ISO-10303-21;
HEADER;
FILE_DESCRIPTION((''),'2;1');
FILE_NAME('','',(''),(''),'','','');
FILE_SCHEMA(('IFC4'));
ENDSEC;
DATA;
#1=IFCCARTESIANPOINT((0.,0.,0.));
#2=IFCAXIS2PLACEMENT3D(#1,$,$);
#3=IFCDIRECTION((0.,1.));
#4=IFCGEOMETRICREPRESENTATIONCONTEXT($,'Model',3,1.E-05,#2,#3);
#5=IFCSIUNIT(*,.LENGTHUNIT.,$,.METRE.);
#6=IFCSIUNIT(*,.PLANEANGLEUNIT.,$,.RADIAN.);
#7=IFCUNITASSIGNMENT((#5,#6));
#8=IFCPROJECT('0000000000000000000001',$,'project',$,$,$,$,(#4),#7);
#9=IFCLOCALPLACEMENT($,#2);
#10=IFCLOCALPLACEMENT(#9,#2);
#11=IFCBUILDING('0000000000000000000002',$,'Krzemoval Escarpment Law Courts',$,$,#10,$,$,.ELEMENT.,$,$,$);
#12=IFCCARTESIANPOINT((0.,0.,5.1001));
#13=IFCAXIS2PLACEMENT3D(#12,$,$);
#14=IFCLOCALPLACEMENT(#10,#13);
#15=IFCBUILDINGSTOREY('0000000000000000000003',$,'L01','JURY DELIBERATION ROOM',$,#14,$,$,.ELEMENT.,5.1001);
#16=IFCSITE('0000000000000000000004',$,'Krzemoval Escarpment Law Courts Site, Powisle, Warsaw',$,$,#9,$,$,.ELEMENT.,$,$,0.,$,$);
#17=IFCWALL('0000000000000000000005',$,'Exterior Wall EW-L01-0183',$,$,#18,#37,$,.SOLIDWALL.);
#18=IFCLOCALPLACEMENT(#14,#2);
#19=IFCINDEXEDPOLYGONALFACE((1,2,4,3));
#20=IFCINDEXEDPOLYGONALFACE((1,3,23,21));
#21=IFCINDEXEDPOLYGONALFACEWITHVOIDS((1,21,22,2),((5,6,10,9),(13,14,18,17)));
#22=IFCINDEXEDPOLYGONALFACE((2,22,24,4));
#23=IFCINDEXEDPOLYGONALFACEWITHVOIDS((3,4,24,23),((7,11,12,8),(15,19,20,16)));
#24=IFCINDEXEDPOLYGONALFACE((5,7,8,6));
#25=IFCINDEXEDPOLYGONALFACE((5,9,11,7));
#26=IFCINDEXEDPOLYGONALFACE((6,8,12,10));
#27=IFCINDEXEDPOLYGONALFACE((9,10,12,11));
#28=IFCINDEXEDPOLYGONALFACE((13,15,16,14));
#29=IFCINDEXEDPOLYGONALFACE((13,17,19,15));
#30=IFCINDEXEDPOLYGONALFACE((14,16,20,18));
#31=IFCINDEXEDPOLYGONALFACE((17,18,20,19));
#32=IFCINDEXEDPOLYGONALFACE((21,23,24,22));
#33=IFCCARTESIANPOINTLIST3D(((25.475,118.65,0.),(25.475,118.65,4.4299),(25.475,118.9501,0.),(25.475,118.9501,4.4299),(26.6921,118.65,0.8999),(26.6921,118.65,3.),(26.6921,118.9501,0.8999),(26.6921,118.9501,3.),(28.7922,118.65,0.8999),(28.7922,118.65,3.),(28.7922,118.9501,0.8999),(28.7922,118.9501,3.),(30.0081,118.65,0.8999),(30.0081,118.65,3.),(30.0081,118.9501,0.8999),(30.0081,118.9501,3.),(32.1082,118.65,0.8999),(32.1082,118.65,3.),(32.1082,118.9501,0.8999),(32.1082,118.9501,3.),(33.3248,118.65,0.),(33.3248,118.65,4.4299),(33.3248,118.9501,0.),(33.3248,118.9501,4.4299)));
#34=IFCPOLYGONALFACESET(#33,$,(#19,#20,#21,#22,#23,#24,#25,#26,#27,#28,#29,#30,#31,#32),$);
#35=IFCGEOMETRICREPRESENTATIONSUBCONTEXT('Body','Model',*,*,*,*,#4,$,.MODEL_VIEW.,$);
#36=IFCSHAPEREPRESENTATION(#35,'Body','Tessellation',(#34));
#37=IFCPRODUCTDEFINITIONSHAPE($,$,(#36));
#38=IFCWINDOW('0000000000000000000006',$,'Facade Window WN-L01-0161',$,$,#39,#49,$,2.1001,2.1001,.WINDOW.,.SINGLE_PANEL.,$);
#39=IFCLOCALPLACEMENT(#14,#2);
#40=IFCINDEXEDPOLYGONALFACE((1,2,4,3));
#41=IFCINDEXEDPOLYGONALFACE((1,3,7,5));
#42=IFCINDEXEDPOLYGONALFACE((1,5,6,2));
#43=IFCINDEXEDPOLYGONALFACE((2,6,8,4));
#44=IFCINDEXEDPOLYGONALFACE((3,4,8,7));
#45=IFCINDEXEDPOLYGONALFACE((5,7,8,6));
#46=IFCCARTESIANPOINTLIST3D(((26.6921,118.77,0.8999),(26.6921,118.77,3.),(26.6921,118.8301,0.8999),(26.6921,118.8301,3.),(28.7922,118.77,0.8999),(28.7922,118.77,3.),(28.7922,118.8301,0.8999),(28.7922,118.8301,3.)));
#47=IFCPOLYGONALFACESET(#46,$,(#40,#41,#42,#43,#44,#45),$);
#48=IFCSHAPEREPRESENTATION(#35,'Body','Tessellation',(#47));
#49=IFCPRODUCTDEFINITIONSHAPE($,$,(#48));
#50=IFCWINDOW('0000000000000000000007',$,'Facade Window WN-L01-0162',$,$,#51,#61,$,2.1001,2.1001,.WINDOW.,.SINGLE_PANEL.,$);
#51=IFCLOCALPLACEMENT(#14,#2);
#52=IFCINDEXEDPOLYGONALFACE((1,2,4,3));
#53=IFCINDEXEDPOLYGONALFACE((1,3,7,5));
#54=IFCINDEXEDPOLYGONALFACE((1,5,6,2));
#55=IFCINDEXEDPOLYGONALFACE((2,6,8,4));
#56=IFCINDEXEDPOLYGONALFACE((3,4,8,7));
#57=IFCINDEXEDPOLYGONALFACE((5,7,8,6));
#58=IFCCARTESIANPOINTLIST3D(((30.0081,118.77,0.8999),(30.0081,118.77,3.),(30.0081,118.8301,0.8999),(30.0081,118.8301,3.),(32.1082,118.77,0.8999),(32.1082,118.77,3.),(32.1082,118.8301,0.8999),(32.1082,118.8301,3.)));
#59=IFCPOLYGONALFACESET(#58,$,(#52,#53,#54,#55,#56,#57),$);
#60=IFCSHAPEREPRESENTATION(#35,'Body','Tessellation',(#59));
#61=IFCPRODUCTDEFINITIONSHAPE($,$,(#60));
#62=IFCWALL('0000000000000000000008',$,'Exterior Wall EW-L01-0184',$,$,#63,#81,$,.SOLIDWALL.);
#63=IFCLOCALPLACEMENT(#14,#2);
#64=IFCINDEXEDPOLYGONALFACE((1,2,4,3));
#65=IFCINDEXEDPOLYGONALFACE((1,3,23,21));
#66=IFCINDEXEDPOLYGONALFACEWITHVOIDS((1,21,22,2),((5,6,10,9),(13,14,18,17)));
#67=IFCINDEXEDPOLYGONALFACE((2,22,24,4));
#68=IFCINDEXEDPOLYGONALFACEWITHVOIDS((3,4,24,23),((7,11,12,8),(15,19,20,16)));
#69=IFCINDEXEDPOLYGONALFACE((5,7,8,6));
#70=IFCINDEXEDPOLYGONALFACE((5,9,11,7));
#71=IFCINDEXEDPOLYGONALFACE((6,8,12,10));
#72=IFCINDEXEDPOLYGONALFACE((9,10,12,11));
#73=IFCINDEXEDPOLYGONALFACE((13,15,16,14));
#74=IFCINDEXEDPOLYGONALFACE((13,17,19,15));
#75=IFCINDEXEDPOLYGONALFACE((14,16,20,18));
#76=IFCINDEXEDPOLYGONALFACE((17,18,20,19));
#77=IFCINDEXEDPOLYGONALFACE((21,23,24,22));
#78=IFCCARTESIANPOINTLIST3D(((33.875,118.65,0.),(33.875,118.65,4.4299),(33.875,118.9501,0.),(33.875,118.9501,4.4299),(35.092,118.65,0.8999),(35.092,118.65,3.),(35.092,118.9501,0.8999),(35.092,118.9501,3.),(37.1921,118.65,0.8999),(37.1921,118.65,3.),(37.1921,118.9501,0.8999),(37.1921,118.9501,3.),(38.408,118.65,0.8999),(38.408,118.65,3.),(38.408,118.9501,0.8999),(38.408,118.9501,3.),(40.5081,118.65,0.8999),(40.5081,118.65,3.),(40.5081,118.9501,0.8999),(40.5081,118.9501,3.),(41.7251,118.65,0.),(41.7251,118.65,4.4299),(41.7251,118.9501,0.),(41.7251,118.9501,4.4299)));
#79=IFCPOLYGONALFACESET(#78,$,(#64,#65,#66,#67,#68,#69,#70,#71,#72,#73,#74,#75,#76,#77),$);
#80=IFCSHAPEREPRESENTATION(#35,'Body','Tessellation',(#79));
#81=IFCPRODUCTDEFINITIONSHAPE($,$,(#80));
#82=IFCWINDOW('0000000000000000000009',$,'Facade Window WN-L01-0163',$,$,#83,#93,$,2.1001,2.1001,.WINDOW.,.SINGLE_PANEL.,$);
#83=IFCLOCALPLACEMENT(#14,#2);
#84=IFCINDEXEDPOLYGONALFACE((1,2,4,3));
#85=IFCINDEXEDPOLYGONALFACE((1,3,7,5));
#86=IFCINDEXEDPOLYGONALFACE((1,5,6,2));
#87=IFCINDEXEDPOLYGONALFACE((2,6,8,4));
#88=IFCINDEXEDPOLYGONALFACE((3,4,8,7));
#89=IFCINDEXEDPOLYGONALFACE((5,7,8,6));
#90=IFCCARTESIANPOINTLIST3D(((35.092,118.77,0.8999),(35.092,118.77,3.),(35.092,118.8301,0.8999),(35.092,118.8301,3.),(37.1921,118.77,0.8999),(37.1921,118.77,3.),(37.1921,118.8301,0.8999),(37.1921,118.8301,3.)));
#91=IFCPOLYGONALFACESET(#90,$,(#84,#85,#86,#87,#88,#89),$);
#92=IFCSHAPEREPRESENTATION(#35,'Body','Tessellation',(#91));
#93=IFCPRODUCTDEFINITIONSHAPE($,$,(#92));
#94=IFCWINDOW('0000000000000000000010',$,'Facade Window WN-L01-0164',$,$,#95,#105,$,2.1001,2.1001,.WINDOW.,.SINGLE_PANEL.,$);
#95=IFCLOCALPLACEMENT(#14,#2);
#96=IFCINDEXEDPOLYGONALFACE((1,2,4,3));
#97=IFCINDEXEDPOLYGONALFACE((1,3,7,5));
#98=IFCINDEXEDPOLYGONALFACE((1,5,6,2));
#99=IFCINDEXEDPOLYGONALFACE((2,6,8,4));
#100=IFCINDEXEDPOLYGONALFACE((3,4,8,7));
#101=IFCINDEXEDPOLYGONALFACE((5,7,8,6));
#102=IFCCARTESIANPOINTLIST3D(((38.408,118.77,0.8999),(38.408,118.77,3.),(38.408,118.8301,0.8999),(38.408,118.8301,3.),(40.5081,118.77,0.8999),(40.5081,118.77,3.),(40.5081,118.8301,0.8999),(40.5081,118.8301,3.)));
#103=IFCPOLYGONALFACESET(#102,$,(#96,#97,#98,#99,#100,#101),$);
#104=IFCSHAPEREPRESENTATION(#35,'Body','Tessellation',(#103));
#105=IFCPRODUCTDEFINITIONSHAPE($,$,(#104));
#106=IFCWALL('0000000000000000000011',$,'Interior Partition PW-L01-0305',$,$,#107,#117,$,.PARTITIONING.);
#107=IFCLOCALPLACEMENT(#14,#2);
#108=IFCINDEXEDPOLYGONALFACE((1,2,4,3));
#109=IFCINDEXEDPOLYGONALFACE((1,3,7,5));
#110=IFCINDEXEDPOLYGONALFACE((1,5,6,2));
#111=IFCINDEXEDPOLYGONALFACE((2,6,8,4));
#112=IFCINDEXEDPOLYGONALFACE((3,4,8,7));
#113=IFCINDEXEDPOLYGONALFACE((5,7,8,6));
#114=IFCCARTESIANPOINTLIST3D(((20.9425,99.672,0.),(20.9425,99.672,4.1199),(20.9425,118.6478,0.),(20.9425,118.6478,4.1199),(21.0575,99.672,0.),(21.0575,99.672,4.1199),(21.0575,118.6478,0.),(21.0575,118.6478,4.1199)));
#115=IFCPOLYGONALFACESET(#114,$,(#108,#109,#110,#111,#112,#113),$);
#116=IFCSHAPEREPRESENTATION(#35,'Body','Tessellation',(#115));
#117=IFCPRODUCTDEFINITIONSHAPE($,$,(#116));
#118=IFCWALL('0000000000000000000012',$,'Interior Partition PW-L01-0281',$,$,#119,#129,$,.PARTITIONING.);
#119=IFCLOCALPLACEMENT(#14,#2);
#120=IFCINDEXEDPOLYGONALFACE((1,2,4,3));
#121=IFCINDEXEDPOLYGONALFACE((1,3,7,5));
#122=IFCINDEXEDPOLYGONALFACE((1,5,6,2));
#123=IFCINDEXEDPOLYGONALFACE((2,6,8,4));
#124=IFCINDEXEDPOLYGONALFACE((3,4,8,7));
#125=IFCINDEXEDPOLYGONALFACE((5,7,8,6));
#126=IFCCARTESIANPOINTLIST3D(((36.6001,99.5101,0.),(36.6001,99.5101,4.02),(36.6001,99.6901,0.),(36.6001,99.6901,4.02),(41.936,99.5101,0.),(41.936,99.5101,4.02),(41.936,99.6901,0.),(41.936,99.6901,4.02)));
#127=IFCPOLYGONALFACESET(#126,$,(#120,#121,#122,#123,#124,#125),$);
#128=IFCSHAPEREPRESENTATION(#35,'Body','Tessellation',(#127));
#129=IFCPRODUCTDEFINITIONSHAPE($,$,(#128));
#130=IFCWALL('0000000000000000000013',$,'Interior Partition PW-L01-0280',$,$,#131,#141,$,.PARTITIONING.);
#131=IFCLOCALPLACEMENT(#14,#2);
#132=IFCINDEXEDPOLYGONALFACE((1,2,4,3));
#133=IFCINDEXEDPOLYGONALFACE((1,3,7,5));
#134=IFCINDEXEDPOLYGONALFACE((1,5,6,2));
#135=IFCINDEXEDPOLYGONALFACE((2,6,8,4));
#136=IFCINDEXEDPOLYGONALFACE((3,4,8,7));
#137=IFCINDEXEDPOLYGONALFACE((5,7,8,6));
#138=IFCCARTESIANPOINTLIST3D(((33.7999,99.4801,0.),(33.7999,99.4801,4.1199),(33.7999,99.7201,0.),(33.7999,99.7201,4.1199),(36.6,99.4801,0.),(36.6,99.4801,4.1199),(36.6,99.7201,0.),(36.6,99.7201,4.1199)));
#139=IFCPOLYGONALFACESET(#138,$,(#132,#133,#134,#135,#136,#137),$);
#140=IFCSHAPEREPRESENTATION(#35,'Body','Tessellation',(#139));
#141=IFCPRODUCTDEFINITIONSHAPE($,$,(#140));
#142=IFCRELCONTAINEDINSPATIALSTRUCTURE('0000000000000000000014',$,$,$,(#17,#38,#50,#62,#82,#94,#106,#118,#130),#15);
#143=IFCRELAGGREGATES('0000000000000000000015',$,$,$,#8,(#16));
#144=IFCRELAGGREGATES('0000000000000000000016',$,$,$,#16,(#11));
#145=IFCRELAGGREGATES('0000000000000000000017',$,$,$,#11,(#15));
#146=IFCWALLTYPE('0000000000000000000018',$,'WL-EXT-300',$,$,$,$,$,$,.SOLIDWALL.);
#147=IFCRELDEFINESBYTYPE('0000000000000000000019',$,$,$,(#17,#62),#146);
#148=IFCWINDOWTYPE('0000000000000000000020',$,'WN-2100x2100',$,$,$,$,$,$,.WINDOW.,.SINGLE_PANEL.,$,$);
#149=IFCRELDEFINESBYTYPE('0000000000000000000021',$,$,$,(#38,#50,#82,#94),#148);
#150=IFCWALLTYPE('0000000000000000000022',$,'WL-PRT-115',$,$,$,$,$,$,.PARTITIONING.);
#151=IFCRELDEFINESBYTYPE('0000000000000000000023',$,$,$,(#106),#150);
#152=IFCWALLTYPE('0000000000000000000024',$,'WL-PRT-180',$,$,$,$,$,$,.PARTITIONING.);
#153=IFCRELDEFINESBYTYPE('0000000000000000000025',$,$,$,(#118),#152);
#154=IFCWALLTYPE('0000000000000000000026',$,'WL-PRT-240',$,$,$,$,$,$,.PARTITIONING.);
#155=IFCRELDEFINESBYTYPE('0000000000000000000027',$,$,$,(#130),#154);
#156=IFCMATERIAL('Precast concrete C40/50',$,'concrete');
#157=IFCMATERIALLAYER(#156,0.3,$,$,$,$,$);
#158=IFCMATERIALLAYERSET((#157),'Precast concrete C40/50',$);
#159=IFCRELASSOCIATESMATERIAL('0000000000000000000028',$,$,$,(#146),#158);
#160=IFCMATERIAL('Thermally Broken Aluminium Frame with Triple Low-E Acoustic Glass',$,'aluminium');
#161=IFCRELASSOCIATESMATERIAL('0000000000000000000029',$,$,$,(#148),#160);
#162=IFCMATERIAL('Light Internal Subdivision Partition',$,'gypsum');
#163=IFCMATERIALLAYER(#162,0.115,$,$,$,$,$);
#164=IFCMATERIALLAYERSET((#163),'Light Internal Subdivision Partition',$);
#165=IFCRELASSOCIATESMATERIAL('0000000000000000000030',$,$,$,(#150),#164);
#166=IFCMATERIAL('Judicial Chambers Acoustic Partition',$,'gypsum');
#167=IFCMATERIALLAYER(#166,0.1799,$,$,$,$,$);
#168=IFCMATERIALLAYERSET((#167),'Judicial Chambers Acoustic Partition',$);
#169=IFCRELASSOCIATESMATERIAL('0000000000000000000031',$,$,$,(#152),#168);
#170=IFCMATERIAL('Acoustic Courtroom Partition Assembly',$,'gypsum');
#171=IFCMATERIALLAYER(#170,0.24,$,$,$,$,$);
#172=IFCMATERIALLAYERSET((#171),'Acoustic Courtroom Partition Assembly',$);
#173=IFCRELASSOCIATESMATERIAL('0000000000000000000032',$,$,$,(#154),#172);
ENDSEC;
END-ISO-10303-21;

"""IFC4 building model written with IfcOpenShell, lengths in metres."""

from ifc_helpers import new_model, si_unit, direction, frame, frame_2d, origin, place, context, subcontext, project, spatial, rectangle, extrude, material, layer, layer_set, type_object, element, fill, save


model = new_model("IFC4")

# Units and contexts
model_context = context("Model", 3, precision=1e-05, world=origin(), true_north=direction((0.0, 1.0)))
body_context = subcontext(model_context, "Body", "Model", "MODEL_VIEW")
ifc_project = project(units=[si_unit("LENGTHUNIT", "METRE"), si_unit("PLANEANGLEUNIT", "RADIAN")], contexts=[model_context])

# Site, building, storey
site_placement = place(None, origin())
site = spatial("IfcSite", under=ifc_project, at=site_placement, Name="Krzemoval Escarpment Law Courts Site, Powisle, Warsaw", CompositionType="ELEMENT", RefElevation=0.0)
building_placement = place(site_placement, origin())
building = spatial("IfcBuilding", under=site, at=building_placement, Name="Krzemoval Escarpment Law Courts", CompositionType="ELEMENT")
storey_placement = place(building_placement, frame((0.0, 0.0, 5.1001)))
storey = spatial("IfcBuildingStorey", under=building, at=storey_placement, Name="L01", Description="JURY DELIBERATION ROOM", CompositionType="ELEMENT", Elevation=5.1001)

# Walls, openings, windows
ifc_material_1 = material(Name="Precast concrete C40/50", Category="concrete")
ifc_layer_1 = layer(ifc_material_1, 0.3)
ifc_layer_set_1 = layer_set([ifc_layer_1], Name="Precast concrete C40/50")
wall_type_1 = type_object("IfcWallType", Name="WL-EXT-300", PredefinedType="SOLIDWALL", material=ifc_layer_set_1)
wall_1_placement = place(storey_placement, frame((25.4751, 118.8, 0.0), z_axis=(0.0, 0.0, 1.0), x_axis=(1.0, 0.0, 0.0)))
wall_1 = element("IfcWall", 1, at=wall_1_placement, inside=storey, type_object=wall_type_1, Name="Exterior Wall EW-L01-0183", PredefinedType="SOLIDWALL", context=body_context, shape_type="SweptSolid", body=[
    extrude(rectangle(XDim=7.8499, YDim=0.3, at=frame_2d((3.9248, 0.0))), origin(), (0.0, 0.0, 1.0), 4.4299),
])
opening_1_placement = place(wall_1_placement, frame((1.217, 0.0, 0.8999)))
opening_1 = element("IfcOpeningElement", 2, at=opening_1_placement, cuts=wall_1, PredefinedType="OPENING", context=body_context, shape_type="SweptSolid", body=[
    extrude(rectangle(XDim=2.1001, YDim=2.1001, at=frame_2d((1.05, 1.05))), frame((0.0, 0.165, 0.0), z_axis=(0.0, -1.0, 0.0), x_axis=(1.0, 0.0, 0.0)), (0.0, 0.0, 1.0), 0.3301),
])
opening_2_placement = place(wall_1_placement, frame((4.533, 0.0, 0.8999)))
opening_2 = element("IfcOpeningElement", 3, at=opening_2_placement, cuts=wall_1, PredefinedType="OPENING", context=body_context, shape_type="SweptSolid", body=[
    extrude(rectangle(XDim=2.1001, YDim=2.1001, at=frame_2d((1.05, 1.05))), frame((0.0, 0.165, 0.0), z_axis=(0.0, -1.0, 0.0), x_axis=(1.0, 0.0, 0.0)), (0.0, 0.0, 1.0), 0.3301),
])
ifc_material_2 = material(Name="Thermally Broken Aluminium Frame with Triple Low-E Acoustic Glass", Category="aluminium")
window_type = type_object("IfcWindowType", Name="WN-2100x2100", PartitioningType="SINGLE_PANEL", PredefinedType="WINDOW", material=ifc_material_2)
window_1_placement = place(opening_1_placement, origin())
window_1 = element("IfcWindow", 4, at=window_1_placement, inside=storey, type_object=window_type, Name="Facade Window WN-L01-0161", OverallHeight=2.1001, OverallWidth=2.1001, PartitioningType="SINGLE_PANEL", PredefinedType="WINDOW", context=body_context, shape_type="SweptSolid", body=[
    extrude(rectangle(XDim=2.1001, YDim=2.1001, at=frame_2d((1.05, 1.05))), frame((0.0, 0.03, 0.0), z_axis=(0.0, -1.0, 0.0), x_axis=(1.0, 0.0, 0.0)), (0.0, 0.0, 1.0), 0.0601),
])
fill(opening_1, window_1)
window_2_placement = place(opening_2_placement, origin())
window_2 = element("IfcWindow", 5, at=window_2_placement, inside=storey, type_object=window_type, Name="Facade Window WN-L01-0162", OverallHeight=2.1001, OverallWidth=2.1001, PartitioningType="SINGLE_PANEL", PredefinedType="WINDOW", context=body_context, shape_type="SweptSolid", body=[
    extrude(rectangle(XDim=2.1001, YDim=2.1001, at=frame_2d((1.05, 1.05))), frame((0.0, 0.03, 0.0), z_axis=(0.0, -1.0, 0.0), x_axis=(1.0, 0.0, 0.0)), (0.0, 0.0, 1.0), 0.0601),
])
fill(opening_2, window_2)
wall_2_placement = place(storey_placement, frame((33.875, 118.8, 0.0), z_axis=(0.0, 0.0, 1.0), x_axis=(1.0, 0.0, 0.0)))
wall_2 = element("IfcWall", 6, at=wall_2_placement, inside=storey, type_object=wall_type_1, Name="Exterior Wall EW-L01-0184", PredefinedType="SOLIDWALL", context=body_context, shape_type="SweptSolid", body=[
    extrude(rectangle(XDim=7.8501, YDim=0.3, at=frame_2d((3.925, 0.0))), origin(), (0.0, 0.0, 1.0), 4.4299),
])
opening_3_placement = place(wall_2_placement, frame((1.217, 0.0, 0.8999)))
opening_3 = element("IfcOpeningElement", 7, at=opening_3_placement, cuts=wall_2, PredefinedType="OPENING", context=body_context, shape_type="SweptSolid", body=[
    extrude(rectangle(XDim=2.1001, YDim=2.1001, at=frame_2d((1.05, 1.05))), frame((0.0, 0.165, 0.0), z_axis=(0.0, -1.0, 0.0), x_axis=(1.0, 0.0, 0.0)), (0.0, 0.0, 1.0), 0.3301),
])
opening_4_placement = place(wall_2_placement, frame((4.533, 0.0, 0.8999)))
opening_4 = element("IfcOpeningElement", 8, at=opening_4_placement, cuts=wall_2, PredefinedType="OPENING", context=body_context, shape_type="SweptSolid", body=[
    extrude(rectangle(XDim=2.1001, YDim=2.1001, at=frame_2d((1.05, 1.05))), frame((0.0, 0.165, 0.0), z_axis=(0.0, -1.0, 0.0), x_axis=(1.0, 0.0, 0.0)), (0.0, 0.0, 1.0), 0.3301),
])
window_3_placement = place(opening_3_placement, origin())
window_3 = element("IfcWindow", 9, at=window_3_placement, inside=storey, type_object=window_type, Name="Facade Window WN-L01-0163", OverallHeight=2.1001, OverallWidth=2.1001, PartitioningType="SINGLE_PANEL", PredefinedType="WINDOW", context=body_context, shape_type="SweptSolid", body=[
    extrude(rectangle(XDim=2.1001, YDim=2.1001, at=frame_2d((1.05, 1.05))), frame((0.0, 0.03, 0.0), z_axis=(0.0, -1.0, 0.0), x_axis=(1.0, 0.0, 0.0)), (0.0, 0.0, 1.0), 0.0601),
])
fill(opening_3, window_3)
window_4_placement = place(opening_4_placement, origin())
window_4 = element("IfcWindow", 10, at=window_4_placement, inside=storey, type_object=window_type, Name="Facade Window WN-L01-0164", OverallHeight=2.1001, OverallWidth=2.1001, PartitioningType="SINGLE_PANEL", PredefinedType="WINDOW", context=body_context, shape_type="SweptSolid", body=[
    extrude(rectangle(XDim=2.1001, YDim=2.1001, at=frame_2d((1.05, 1.05))), frame((0.0, 0.03, 0.0), z_axis=(0.0, -1.0, 0.0), x_axis=(1.0, 0.0, 0.0)), (0.0, 0.0, 1.0), 0.0601),
])
fill(opening_4, window_4)

# Walls
ifc_material_3 = material(Name="Light Internal Subdivision Partition", Category="gypsum")
ifc_layer_2 = layer(ifc_material_3, 0.115)
ifc_layer_set_2 = layer_set([ifc_layer_2], Name="Light Internal Subdivision Partition")
wall_type_2 = type_object("IfcWallType", Name="WL-PRT-115", PredefinedType="PARTITIONING", material=ifc_layer_set_2)
wall_3_placement = place(storey_placement, frame((21.0, 99.6721, 0.0), z_axis=(0.0, 0.0, 1.0), x_axis=(0.0, 1.0, 0.0)))
element("IfcWall", 11, at=wall_3_placement, inside=storey, type_object=wall_type_2, Name="Interior Partition PW-L01-0305", PredefinedType="PARTITIONING", context=body_context, shape_type="SweptSolid", body=[
    extrude(rectangle(XDim=18.9758, YDim=0.115, at=frame_2d((9.4878, 0.0))), origin(), (0.0, 0.0, 1.0), 4.1199),
])
ifc_material_4 = material(Name="Judicial Chambers Acoustic Partition", Category="gypsum")
ifc_layer_3 = layer(ifc_material_4, 0.1799)
ifc_layer_set_3 = layer_set([ifc_layer_3], Name="Judicial Chambers Acoustic Partition")
wall_type_3 = type_object("IfcWallType", Name="WL-PRT-180", PredefinedType="PARTITIONING", material=ifc_layer_set_3)
wall_4_placement = place(storey_placement, frame((36.6001, 99.6001, 0.0), z_axis=(0.0, 0.0, 1.0), x_axis=(1.0, 0.0, 0.0)))
element("IfcWall", 12, at=wall_4_placement, inside=storey, type_object=wall_type_3, Name="Interior Partition PW-L01-0281", PredefinedType="PARTITIONING", context=body_context, shape_type="SweptSolid", body=[
    extrude(rectangle(XDim=5.3359, YDim=0.1799, at=frame_2d((2.668, 0.0))), origin(), (0.0, 0.0, 1.0), 4.02),
])
ifc_material_5 = material(Name="Acoustic Courtroom Partition Assembly", Category="gypsum")
ifc_layer_4 = layer(ifc_material_5, 0.24)
ifc_layer_set_4 = layer_set([ifc_layer_4], Name="Acoustic Courtroom Partition Assembly")
wall_type_4 = type_object("IfcWallType", Name="WL-PRT-240", PredefinedType="PARTITIONING", material=ifc_layer_set_4)
wall_5_placement = place(storey_placement, frame((33.8, 99.6001, 0.0), z_axis=(0.0, 0.0, 1.0), x_axis=(1.0, 0.0, 0.0)))
element("IfcWall", 13, at=wall_5_placement, inside=storey, type_object=wall_type_4, Name="Interior Partition PW-L01-0280", PredefinedType="PARTITIONING", context=body_context, shape_type="SweptSolid", body=[
    extrude(rectangle(XDim=2.8, YDim=0.24, at=frame_2d((1.3999, 0.0))), origin(), (0.0, 0.0, 1.0), 4.1199),
])

save(model, "model.ifc")
